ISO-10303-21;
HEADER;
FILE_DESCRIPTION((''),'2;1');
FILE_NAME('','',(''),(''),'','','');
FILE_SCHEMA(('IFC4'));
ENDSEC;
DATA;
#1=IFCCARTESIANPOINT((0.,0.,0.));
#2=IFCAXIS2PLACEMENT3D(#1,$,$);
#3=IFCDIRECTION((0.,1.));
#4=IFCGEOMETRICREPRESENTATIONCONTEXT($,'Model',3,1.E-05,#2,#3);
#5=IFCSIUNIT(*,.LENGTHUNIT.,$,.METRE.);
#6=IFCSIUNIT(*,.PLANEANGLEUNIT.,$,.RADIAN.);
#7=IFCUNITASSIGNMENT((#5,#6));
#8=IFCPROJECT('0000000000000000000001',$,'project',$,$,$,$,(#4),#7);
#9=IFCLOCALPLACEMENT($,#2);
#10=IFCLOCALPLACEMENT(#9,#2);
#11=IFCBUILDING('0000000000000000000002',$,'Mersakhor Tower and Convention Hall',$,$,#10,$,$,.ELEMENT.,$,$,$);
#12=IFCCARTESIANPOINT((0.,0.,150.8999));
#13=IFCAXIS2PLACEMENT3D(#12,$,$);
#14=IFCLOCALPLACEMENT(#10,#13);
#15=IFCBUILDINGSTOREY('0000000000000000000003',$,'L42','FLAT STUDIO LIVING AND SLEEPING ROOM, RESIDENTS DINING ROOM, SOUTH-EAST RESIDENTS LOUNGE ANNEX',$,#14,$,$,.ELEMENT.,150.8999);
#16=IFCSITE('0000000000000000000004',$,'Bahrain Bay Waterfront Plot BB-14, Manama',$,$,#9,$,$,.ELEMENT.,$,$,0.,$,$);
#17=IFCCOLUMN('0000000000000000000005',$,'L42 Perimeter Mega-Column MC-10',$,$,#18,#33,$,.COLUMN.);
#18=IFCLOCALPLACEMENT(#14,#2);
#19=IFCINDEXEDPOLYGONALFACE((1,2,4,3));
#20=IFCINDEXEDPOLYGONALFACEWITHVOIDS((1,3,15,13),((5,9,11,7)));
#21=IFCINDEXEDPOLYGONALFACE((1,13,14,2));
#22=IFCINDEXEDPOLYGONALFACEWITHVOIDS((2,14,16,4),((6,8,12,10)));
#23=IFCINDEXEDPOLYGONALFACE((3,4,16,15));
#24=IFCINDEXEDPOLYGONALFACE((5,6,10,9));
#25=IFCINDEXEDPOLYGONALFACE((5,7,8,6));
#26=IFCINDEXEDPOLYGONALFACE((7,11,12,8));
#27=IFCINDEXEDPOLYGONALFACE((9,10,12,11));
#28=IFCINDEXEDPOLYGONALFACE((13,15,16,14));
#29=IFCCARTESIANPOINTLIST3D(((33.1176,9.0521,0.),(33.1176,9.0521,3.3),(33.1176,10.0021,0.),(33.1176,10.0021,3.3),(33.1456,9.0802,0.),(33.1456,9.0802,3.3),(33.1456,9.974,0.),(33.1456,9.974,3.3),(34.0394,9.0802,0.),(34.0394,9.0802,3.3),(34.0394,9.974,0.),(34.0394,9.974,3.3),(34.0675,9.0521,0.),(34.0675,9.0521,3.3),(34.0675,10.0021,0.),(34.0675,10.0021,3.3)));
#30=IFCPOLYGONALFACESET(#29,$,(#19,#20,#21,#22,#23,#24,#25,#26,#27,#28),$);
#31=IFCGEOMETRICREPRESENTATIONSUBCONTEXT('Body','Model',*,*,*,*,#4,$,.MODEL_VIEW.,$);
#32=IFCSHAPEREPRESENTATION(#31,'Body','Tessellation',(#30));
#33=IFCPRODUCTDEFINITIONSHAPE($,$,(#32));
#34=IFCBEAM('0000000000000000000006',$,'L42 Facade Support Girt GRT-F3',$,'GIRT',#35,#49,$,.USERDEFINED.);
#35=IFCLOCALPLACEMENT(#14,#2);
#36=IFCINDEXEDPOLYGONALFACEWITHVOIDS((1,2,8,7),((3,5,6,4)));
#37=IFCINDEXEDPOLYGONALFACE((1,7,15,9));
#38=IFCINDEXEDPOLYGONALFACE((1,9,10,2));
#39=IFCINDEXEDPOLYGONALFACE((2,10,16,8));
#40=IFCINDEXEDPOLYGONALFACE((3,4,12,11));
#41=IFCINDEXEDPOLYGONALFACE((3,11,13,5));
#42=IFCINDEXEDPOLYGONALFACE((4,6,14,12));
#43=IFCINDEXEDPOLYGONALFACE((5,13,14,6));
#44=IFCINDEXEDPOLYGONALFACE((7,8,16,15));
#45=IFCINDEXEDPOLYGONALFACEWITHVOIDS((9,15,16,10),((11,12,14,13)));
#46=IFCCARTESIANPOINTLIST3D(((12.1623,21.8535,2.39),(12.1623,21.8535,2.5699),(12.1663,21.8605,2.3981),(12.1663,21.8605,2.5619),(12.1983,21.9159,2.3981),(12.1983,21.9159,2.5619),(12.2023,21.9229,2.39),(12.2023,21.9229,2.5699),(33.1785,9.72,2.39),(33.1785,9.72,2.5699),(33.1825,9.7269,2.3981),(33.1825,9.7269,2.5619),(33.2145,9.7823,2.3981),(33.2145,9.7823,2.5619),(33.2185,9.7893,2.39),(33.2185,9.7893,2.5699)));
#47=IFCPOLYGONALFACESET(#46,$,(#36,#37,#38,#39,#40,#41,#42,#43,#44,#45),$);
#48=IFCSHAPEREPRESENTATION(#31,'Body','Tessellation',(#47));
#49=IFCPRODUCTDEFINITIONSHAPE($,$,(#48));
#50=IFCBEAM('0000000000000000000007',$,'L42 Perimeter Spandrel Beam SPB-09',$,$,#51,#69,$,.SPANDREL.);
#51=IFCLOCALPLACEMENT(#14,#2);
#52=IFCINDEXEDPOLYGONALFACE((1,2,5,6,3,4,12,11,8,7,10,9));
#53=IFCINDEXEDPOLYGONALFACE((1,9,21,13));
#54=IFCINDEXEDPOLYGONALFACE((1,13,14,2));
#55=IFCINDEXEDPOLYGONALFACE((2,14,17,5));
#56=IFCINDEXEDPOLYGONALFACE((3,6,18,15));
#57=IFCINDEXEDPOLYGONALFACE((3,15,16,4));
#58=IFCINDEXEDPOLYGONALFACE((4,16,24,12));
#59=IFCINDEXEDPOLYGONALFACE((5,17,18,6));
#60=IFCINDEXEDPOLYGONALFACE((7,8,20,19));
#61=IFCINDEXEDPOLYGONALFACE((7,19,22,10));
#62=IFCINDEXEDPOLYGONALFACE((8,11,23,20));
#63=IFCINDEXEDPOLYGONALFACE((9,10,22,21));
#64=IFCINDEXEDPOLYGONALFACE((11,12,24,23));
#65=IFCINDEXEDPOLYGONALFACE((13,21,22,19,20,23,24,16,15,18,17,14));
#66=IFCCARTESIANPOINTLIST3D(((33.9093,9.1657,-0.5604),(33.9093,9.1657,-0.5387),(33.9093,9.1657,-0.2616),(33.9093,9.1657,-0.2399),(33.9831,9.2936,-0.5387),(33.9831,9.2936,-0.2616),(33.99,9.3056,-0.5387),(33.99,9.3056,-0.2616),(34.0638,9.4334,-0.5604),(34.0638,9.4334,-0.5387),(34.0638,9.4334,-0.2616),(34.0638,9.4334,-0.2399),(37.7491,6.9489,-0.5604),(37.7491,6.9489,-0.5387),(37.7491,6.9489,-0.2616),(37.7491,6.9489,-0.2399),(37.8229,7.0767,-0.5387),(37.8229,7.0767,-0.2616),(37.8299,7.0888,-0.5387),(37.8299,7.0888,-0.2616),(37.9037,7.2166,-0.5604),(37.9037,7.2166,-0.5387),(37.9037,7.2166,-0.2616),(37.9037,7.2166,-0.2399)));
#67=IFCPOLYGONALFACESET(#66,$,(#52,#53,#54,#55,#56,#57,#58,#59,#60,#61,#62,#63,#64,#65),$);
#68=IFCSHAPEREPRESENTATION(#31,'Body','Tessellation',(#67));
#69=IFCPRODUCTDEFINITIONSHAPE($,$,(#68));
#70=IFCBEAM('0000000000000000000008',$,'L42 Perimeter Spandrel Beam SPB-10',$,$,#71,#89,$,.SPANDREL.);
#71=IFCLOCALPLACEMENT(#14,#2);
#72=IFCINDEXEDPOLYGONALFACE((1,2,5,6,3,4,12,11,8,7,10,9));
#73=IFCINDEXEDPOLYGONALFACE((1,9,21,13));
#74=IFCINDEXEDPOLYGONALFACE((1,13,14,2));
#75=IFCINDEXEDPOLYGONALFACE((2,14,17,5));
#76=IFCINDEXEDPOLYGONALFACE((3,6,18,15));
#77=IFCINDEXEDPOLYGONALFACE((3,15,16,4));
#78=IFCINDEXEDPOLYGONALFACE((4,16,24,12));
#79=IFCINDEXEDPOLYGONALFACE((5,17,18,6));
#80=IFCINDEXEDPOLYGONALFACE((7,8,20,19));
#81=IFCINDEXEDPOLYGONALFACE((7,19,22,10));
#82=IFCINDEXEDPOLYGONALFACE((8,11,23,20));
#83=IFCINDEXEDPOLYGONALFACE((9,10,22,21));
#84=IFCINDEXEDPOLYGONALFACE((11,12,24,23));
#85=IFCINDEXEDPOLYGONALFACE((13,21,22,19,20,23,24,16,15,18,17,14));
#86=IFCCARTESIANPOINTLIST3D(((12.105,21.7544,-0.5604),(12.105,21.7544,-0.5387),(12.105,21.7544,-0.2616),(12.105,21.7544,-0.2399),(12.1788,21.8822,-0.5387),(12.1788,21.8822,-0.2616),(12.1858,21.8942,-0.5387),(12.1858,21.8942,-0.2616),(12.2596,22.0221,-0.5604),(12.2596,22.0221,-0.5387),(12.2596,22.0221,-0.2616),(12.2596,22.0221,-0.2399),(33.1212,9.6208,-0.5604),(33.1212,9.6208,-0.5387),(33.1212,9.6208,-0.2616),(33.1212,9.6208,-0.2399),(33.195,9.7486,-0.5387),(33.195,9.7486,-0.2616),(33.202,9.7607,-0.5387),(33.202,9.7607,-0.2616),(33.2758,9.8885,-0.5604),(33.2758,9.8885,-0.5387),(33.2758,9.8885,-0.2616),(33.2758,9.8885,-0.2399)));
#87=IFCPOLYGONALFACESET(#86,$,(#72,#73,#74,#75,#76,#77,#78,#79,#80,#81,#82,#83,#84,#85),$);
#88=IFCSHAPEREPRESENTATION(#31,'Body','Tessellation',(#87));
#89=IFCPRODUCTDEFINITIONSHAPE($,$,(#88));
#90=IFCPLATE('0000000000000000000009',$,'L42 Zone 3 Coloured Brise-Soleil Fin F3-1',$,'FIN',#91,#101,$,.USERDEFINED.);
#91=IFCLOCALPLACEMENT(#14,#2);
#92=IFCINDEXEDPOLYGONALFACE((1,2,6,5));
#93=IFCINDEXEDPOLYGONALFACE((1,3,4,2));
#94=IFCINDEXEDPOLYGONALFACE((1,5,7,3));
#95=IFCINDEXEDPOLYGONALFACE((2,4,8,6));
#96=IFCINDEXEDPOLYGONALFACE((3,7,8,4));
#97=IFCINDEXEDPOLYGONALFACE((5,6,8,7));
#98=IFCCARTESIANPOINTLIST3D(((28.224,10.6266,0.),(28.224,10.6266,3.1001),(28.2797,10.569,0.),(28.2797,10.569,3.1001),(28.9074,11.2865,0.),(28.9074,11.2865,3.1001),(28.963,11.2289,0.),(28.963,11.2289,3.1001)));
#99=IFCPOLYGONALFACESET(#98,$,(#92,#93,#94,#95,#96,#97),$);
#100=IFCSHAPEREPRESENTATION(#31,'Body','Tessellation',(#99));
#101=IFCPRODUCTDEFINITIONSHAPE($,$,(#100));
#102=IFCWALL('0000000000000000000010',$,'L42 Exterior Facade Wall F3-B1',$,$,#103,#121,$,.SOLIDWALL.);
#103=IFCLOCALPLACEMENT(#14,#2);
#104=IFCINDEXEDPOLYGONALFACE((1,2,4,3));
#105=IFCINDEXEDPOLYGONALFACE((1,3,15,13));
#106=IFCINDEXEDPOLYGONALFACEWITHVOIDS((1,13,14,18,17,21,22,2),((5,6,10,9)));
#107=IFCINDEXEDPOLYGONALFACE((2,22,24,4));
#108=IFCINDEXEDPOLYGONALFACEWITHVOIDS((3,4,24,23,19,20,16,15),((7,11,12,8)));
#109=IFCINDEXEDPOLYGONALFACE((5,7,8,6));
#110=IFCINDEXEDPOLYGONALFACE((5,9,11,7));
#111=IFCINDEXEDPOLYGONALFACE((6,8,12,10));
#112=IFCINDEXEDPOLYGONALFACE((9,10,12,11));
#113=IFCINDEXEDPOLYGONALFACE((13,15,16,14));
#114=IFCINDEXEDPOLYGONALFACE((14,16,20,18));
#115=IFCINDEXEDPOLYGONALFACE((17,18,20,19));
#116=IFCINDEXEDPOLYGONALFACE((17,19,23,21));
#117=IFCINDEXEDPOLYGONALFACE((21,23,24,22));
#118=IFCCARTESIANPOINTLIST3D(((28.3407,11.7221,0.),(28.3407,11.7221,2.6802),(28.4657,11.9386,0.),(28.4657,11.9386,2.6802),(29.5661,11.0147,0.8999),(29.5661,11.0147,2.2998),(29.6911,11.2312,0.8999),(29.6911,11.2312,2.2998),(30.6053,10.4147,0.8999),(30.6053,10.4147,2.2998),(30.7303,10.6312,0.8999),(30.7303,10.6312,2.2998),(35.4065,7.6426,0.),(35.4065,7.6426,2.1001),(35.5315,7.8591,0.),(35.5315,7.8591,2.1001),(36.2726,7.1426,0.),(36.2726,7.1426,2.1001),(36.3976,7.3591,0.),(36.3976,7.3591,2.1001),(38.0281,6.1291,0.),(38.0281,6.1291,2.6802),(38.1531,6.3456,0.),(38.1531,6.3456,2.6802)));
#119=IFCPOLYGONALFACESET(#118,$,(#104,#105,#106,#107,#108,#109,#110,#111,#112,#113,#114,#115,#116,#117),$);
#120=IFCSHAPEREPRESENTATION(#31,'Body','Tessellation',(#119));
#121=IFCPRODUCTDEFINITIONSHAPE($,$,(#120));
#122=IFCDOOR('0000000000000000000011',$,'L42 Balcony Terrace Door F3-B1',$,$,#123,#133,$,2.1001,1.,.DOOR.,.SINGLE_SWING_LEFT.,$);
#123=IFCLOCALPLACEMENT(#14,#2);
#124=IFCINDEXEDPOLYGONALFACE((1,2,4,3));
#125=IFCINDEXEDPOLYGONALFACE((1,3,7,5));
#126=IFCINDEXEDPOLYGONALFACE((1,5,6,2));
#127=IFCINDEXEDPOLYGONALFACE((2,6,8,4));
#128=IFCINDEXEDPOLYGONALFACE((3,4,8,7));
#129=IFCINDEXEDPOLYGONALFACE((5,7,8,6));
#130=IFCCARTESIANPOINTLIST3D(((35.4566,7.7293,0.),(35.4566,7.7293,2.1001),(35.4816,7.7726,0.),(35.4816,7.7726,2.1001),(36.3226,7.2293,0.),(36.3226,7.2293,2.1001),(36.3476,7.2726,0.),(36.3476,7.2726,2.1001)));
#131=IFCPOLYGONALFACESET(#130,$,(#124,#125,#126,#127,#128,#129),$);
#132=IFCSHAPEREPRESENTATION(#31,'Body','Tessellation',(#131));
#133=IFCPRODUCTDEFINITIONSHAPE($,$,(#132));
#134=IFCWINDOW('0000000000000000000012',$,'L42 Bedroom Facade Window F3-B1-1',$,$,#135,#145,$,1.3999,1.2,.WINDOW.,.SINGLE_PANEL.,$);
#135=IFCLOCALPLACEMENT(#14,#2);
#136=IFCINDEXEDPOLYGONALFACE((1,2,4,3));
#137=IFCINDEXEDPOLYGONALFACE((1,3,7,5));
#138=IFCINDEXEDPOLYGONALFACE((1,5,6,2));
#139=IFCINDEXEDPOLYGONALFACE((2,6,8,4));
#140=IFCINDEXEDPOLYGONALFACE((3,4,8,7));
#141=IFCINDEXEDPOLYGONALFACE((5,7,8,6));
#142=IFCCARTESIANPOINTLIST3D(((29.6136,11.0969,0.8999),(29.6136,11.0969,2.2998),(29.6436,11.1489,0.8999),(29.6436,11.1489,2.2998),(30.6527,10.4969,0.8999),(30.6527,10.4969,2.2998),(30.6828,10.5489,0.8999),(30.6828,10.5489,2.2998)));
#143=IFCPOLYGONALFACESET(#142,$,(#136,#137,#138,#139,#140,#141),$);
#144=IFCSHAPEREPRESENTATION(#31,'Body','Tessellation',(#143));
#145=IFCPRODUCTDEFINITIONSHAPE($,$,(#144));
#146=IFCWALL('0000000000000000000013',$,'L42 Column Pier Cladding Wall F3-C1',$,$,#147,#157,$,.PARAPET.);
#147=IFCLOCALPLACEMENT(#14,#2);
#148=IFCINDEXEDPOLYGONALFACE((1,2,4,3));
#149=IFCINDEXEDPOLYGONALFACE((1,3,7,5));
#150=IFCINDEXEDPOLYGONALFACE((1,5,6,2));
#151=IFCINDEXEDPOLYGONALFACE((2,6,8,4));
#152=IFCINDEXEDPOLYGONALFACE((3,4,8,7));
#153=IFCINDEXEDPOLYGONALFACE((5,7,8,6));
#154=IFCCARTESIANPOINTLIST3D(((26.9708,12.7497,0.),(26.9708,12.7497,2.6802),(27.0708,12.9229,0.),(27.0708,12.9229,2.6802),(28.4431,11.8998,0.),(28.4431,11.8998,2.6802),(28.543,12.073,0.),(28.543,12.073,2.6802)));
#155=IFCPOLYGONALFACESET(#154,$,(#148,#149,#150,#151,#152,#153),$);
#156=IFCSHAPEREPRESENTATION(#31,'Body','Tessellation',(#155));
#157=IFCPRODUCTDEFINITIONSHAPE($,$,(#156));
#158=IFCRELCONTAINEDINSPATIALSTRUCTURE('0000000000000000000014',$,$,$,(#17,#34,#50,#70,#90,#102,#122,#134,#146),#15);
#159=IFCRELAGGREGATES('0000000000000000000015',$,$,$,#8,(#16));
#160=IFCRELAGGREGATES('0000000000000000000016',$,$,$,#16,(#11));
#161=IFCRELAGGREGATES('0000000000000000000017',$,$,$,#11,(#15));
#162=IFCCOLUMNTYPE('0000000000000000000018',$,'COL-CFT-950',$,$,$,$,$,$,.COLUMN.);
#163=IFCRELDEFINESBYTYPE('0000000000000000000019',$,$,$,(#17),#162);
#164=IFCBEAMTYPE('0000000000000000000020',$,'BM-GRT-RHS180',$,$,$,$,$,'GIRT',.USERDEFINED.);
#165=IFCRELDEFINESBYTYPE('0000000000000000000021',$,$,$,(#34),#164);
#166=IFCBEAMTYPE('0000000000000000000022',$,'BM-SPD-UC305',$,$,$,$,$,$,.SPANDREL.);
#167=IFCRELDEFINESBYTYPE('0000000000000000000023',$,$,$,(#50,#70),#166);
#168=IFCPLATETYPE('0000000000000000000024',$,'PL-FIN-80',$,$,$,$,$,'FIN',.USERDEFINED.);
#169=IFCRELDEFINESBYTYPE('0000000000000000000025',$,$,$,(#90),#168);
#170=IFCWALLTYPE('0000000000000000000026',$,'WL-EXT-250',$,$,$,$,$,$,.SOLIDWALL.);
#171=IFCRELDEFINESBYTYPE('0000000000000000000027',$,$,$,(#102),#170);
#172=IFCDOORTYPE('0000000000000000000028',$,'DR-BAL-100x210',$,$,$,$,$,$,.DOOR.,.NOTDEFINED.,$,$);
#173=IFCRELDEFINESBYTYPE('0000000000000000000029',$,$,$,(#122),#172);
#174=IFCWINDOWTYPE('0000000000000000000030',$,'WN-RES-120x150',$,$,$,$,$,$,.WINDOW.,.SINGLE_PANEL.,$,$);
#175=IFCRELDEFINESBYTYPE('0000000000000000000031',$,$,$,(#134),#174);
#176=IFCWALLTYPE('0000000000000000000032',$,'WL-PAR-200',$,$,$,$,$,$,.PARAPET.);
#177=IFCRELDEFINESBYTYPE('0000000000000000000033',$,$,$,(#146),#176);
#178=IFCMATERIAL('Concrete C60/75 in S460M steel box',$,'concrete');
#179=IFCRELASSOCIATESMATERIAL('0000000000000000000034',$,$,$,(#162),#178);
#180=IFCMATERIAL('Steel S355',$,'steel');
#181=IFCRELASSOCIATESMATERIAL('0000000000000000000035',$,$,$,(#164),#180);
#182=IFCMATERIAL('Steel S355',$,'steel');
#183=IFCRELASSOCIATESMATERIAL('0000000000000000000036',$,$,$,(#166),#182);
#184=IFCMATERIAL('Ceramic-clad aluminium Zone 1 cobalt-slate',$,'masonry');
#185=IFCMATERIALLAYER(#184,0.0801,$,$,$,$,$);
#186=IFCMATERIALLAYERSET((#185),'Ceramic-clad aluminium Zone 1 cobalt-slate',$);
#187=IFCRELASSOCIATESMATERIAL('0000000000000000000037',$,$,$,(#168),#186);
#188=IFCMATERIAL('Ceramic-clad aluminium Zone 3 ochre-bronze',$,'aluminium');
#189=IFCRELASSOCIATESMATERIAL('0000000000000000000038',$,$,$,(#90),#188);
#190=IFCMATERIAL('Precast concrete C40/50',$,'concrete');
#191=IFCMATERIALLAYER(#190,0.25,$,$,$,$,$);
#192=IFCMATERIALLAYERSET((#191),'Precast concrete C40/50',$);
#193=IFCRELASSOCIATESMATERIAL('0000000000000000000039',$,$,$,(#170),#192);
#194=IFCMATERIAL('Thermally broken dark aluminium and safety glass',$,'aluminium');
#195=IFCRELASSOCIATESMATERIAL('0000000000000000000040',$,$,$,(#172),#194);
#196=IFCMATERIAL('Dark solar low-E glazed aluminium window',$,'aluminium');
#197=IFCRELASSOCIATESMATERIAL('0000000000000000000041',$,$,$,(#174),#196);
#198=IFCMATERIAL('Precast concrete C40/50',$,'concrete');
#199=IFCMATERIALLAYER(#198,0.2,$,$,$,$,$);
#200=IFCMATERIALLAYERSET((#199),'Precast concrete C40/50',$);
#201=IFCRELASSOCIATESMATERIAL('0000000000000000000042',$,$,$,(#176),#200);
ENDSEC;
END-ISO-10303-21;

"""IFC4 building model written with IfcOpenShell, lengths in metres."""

from ifc_helpers import new_model, si_unit, direction, frame, frame_2d, origin, origin_2d, place, context, subcontext, project, spatial, rectangle, hollow_rectangle, i_section, extrude, material, layer, layer_set, material_profile, profile_set, type_object, element, fill, save


model = new_model("IFC4")

# Units and contexts
model_context = context("Model", 3, precision=1e-05, world=origin(), true_north=direction((0.0, 1.0)))
body_context = subcontext(model_context, "Body", "Model", "MODEL_VIEW")
ifc_project = project(units=[si_unit("LENGTHUNIT", "METRE"), si_unit("PLANEANGLEUNIT", "RADIAN")], contexts=[model_context])

# Site, building, storey
site_placement = place(None, origin())
site = spatial("IfcSite", under=ifc_project, at=site_placement, Name="Bahrain Bay Waterfront Plot BB-14, Manama", CompositionType="ELEMENT", RefElevation=0.0)
building_placement = place(site_placement, origin())
building = spatial("IfcBuilding", under=site, at=building_placement, Name="Mersakhor Tower and Convention Hall", CompositionType="ELEMENT")
storey_placement = place(building_placement, frame((0.0, 0.0, 150.8999)))
storey = spatial("IfcBuildingStorey", under=building, at=storey_placement, Name="L42", Description="FLAT STUDIO LIVING AND SLEEPING ROOM, RESIDENTS DINING ROOM, SOUTH-EAST RESIDENTS LOUNGE ANNEX", CompositionType="ELEMENT", Elevation=150.8999)

# Column
ifc_material_1 = material(Name="Concrete C60/75 in S460M steel box", Category="concrete")
ifc_material_profile_1 = material_profile(ifc_material_1, hollow_rectangle(XDim=0.95, YDim=0.95, WallThickness=0.0281, at=origin_2d()), Name="SHS 950x950x28")
ifc_profile_set_1 = profile_set([ifc_material_profile_1], Name="Concrete C60/75 in S460M steel box")
column_type = type_object("IfcColumnType", Name="COL-CFT-950", PredefinedType="COLUMN", material=ifc_profile_set_1)
column_placement = place(storey_placement, frame((33.5925, 9.5271, 0.0), z_axis=(0.0, 0.0, 1.0), x_axis=(1.0, 0.0, 0.0)))
element("IfcColumn", 1, at=column_placement, inside=storey, type_object=column_type, Name="L42 Perimeter Mega-Column MC-10", PredefinedType="COLUMN", context=body_context, shape_type="SweptSolid", body=[
    extrude(hollow_rectangle(XDim=0.95, YDim=0.95, WallThickness=0.0281, at=origin_2d()), origin(), (0.0, 0.0, 1.0), 3.3),
])

# Beams
ifc_material_2 = material(Name="Steel S355", Category="steel")
ifc_material_profile_2 = material_profile(ifc_material_2, hollow_rectangle(XDim=0.0801, YDim=0.1799, WallThickness=0.0081, at=origin_2d()), Name="RHS 180x80x8")
ifc_profile_set_2 = profile_set([ifc_material_profile_2], Name="Steel S355")
beam_type_1 = type_object("IfcBeamType", Name="BM-GRT-RHS180", ElementType="GIRT", PredefinedType="USERDEFINED", material=ifc_profile_set_2)
beam_1_placement = place(storey_placement, frame((33.1985, 9.7546, 2.48), z_axis=(-0.866027, 0.499996, 0.0), x_axis=(-0.499996, -0.866027, 0.0)))
element("IfcBeam", 2, at=beam_1_placement, inside=storey, type_object=beam_type_1, Name="L42 Facade Support Girt GRT-F3", ObjectType="GIRT", PredefinedType="USERDEFINED", context=body_context, shape_type="SweptSolid", body=[
    extrude(hollow_rectangle(XDim=0.0801, YDim=0.1799, WallThickness=0.0081, at=origin_2d()), origin(), (0.0, 0.0, 1.0), 24.2673),
])
ifc_material_3 = material(Name="Steel S355", Category="steel")
ifc_material_profile_3 = material_profile(ifc_material_3, i_section(OverallWidth=0.3091, OverallDepth=0.3206, WebThickness=0.0139, FlangeThickness=0.0217, at=origin_2d()), Name="UC 305x305x137")
ifc_profile_set_3 = profile_set([ifc_material_profile_3], Name="Steel S355")
beam_type_2 = type_object("IfcBeamType", Name="BM-SPD-UC305", PredefinedType="SPANDREL", material=ifc_profile_set_3)
beam_2_placement = place(storey_placement, frame((37.8264, 7.0828, -0.4001), z_axis=(-0.866039, 0.499977, 0.0), x_axis=(-0.499977, -0.866039, 0.0)))
element("IfcBeam", 3, at=beam_2_placement, inside=storey, type_object=beam_type_2, Name="L42 Perimeter Spandrel Beam SPB-09", PredefinedType="SPANDREL", context=body_context, shape_type="SweptSolid", body=[
    extrude(i_section(OverallWidth=0.3091, OverallDepth=0.3206, WebThickness=0.0139, FlangeThickness=0.0217, at=origin_2d()), origin(), (0.0, 0.0, 1.0), 4.4338),
])
beam_3_placement = place(storey_placement, frame((33.1985, 9.7546, -0.4001), z_axis=(-0.866027, 0.499996, 0.0), x_axis=(-0.499996, -0.866027, 0.0)))
element("IfcBeam", 4, at=beam_3_placement, inside=storey, type_object=beam_type_2, Name="L42 Perimeter Spandrel Beam SPB-10", PredefinedType="SPANDREL", context=body_context, shape_type="SweptSolid", body=[
    extrude(i_section(OverallWidth=0.3091, OverallDepth=0.3206, WebThickness=0.0139, FlangeThickness=0.0217, at=origin_2d()), origin(), (0.0, 0.0, 1.0), 24.2673),
])

# Plate
ifc_material_4 = material(Name="Ceramic-clad aluminium Zone 3 ochre-bronze", Category="aluminium")
ifc_material_5 = material(Name="Ceramic-clad aluminium Zone 1 cobalt-slate", Category="masonry")
ifc_layer_1 = layer(ifc_material_5, 0.0801)
ifc_layer_set_1 = layer_set([ifc_layer_1], Name="Ceramic-clad aluminium Zone 1 cobalt-slate")
plate_type = type_object("IfcPlateType", Name="PL-FIN-80", ElementType="FIN", PredefinedType="USERDEFINED", material=ifc_layer_set_1)
plate_placement = place(storey_placement, frame((28.5935, 10.9277, 0.0), z_axis=(0.0, 0.0, 1.0), x_axis=(-0.71934, -0.694658, 0.0)))
element("IfcPlate", 5, at=plate_placement, inside=storey, type_object=plate_type, material=ifc_material_4, Name="L42 Zone 3 Coloured Brise-Soleil Fin F3-1", ObjectType="FIN", PredefinedType="USERDEFINED", context=body_context, shape_type="SweptSolid", body=[
    extrude(rectangle(XDim=0.95, YDim=0.0801, at=origin_2d()), origin(), (0.0, 0.0, 1.0), 3.1001),
])

# Wall, openings, door, window
ifc_material_6 = material(Name="Precast concrete C40/50", Category="concrete")
ifc_layer_2 = layer(ifc_material_6, 0.25)
ifc_layer_set_2 = layer_set([ifc_layer_2], Name="Precast concrete C40/50")
wall_type_1 = type_object("IfcWallType", Name="WL-EXT-250", PredefinedType="SOLIDWALL", material=ifc_layer_set_2)
wall_1_placement = place(storey_placement, frame((38.0906, 6.2373, 0.0), z_axis=(0.0, 0.0, 1.0), x_axis=(-0.866022, 0.500005, 0.0)))
wall_1 = element("IfcWall", 6, at=wall_1_placement, inside=storey, type_object=wall_type_1, Name="L42 Exterior Facade Wall F3-B1", PredefinedType="SOLIDWALL", context=body_context, shape_type="SweptSolid", body=[
    extrude(rectangle(XDim=11.186, YDim=0.25, at=frame_2d((5.593, 0.0))), origin(), (0.0, 0.0, 1.0), 2.6802),
])
opening_1_placement = place(wall_1_placement, frame((2.0271, 0.0, 0.0)))
opening_1 = element("IfcOpeningElement", 7, at=opening_1_placement, cuts=wall_1, PredefinedType="OPENING", context=body_context, shape_type="SweptSolid", body=[
    extrude(rectangle(XDim=1.0, YDim=2.1001, at=frame_2d((0.5, 1.05))), frame((0.0, 0.135, 0.0), z_axis=(0.0, -1.0, 0.0), x_axis=(1.0, 0.0, 0.0)), (0.0, 0.0, 1.0), 0.27),
])
opening_2_placement = place(wall_1_placement, frame((8.571, 0.0, 0.8999)))
opening_2 = element("IfcOpeningElement", 8, at=opening_2_placement, cuts=wall_1, PredefinedType="OPENING", context=body_context, shape_type="SweptSolid", body=[
    extrude(rectangle(XDim=1.2, YDim=1.3999, at=frame_2d((0.6001, 0.7))), frame((0.0, 0.135, 0.0), z_axis=(0.0, -1.0, 0.0), x_axis=(1.0, 0.0, 0.0)), (0.0, 0.0, 1.0), 0.27),
])
ifc_material_7 = material(Name="Thermally broken dark aluminium and safety glass", Category="aluminium")
door_type_1 = type_object("IfcDoorType", Name="DR-BAL-100x210", OperationType="NOTDEFINED", PredefinedType="DOOR", material=ifc_material_7)
door_1_placement = place(opening_1_placement, origin())
door_1 = element("IfcDoor", 9, at=door_1_placement, inside=storey, type_object=door_type_1, Name="L42 Balcony Terrace Door F3-B1", OperationType="SINGLE_SWING_LEFT", OverallHeight=2.1001, OverallWidth=1.0, PredefinedType="DOOR", context=body_context, shape_type="SweptSolid", body=[
    extrude(rectangle(XDim=1.0, YDim=2.1001, at=frame_2d((0.5, 1.05))), frame((0.0, 0.0249, 0.0), z_axis=(0.0, -1.0, 0.0), x_axis=(1.0, 0.0, 0.0)), (0.0, 0.0, 1.0), 0.05),
])
fill(opening_1, door_1)
ifc_material_8 = material(Name="Dark solar low-E glazed aluminium window", Category="aluminium")
window_type = type_object("IfcWindowType", Name="WN-RES-120x150", PartitioningType="SINGLE_PANEL", PredefinedType="WINDOW", material=ifc_material_8)
window_placement = place(opening_2_placement, origin())
window = element("IfcWindow", 10, at=window_placement, inside=storey, type_object=window_type, Name="L42 Bedroom Facade Window F3-B1-1", OverallHeight=1.3999, OverallWidth=1.2, PartitioningType="SINGLE_PANEL", PredefinedType="WINDOW", context=body_context, shape_type="SweptSolid", body=[
    extrude(rectangle(XDim=1.2, YDim=1.3999, at=frame_2d((0.6001, 0.7))), frame((0.0, 0.03, 0.0), z_axis=(0.0, -1.0, 0.0), x_axis=(1.0, 0.0, 0.0)), (0.0, 0.0, 1.0), 0.0601),
])
fill(opening_2, window)

# Wall
ifc_material_9 = material(Name="Precast concrete C40/50", Category="concrete")
ifc_layer_3 = layer(ifc_material_9, 0.2)
ifc_layer_set_3 = layer_set([ifc_layer_3], Name="Precast concrete C40/50")
wall_type_2 = type_object("IfcWallType", Name="WL-PAR-200", PredefinedType="PARAPET", material=ifc_layer_set_3)
wall_2_placement = place(storey_placement, frame((28.4932, 11.9863, 0.0), z_axis=(0.0, 0.0, 1.0), x_axis=(-0.866052, 0.499955, 0.0)))
element("IfcWall", 11, at=wall_2_placement, inside=storey, type_object=wall_type_2, Name="L42 Column Pier Cladding Wall F3-C1", PredefinedType="PARAPET", context=body_context, shape_type="SweptSolid", body=[
    extrude(rectangle(XDim=1.7, YDim=0.2, at=frame_2d((0.8501, 0.0))), origin(), (0.0, 0.0, 1.0), 2.6802),
])

save(model, "model.ifc")
